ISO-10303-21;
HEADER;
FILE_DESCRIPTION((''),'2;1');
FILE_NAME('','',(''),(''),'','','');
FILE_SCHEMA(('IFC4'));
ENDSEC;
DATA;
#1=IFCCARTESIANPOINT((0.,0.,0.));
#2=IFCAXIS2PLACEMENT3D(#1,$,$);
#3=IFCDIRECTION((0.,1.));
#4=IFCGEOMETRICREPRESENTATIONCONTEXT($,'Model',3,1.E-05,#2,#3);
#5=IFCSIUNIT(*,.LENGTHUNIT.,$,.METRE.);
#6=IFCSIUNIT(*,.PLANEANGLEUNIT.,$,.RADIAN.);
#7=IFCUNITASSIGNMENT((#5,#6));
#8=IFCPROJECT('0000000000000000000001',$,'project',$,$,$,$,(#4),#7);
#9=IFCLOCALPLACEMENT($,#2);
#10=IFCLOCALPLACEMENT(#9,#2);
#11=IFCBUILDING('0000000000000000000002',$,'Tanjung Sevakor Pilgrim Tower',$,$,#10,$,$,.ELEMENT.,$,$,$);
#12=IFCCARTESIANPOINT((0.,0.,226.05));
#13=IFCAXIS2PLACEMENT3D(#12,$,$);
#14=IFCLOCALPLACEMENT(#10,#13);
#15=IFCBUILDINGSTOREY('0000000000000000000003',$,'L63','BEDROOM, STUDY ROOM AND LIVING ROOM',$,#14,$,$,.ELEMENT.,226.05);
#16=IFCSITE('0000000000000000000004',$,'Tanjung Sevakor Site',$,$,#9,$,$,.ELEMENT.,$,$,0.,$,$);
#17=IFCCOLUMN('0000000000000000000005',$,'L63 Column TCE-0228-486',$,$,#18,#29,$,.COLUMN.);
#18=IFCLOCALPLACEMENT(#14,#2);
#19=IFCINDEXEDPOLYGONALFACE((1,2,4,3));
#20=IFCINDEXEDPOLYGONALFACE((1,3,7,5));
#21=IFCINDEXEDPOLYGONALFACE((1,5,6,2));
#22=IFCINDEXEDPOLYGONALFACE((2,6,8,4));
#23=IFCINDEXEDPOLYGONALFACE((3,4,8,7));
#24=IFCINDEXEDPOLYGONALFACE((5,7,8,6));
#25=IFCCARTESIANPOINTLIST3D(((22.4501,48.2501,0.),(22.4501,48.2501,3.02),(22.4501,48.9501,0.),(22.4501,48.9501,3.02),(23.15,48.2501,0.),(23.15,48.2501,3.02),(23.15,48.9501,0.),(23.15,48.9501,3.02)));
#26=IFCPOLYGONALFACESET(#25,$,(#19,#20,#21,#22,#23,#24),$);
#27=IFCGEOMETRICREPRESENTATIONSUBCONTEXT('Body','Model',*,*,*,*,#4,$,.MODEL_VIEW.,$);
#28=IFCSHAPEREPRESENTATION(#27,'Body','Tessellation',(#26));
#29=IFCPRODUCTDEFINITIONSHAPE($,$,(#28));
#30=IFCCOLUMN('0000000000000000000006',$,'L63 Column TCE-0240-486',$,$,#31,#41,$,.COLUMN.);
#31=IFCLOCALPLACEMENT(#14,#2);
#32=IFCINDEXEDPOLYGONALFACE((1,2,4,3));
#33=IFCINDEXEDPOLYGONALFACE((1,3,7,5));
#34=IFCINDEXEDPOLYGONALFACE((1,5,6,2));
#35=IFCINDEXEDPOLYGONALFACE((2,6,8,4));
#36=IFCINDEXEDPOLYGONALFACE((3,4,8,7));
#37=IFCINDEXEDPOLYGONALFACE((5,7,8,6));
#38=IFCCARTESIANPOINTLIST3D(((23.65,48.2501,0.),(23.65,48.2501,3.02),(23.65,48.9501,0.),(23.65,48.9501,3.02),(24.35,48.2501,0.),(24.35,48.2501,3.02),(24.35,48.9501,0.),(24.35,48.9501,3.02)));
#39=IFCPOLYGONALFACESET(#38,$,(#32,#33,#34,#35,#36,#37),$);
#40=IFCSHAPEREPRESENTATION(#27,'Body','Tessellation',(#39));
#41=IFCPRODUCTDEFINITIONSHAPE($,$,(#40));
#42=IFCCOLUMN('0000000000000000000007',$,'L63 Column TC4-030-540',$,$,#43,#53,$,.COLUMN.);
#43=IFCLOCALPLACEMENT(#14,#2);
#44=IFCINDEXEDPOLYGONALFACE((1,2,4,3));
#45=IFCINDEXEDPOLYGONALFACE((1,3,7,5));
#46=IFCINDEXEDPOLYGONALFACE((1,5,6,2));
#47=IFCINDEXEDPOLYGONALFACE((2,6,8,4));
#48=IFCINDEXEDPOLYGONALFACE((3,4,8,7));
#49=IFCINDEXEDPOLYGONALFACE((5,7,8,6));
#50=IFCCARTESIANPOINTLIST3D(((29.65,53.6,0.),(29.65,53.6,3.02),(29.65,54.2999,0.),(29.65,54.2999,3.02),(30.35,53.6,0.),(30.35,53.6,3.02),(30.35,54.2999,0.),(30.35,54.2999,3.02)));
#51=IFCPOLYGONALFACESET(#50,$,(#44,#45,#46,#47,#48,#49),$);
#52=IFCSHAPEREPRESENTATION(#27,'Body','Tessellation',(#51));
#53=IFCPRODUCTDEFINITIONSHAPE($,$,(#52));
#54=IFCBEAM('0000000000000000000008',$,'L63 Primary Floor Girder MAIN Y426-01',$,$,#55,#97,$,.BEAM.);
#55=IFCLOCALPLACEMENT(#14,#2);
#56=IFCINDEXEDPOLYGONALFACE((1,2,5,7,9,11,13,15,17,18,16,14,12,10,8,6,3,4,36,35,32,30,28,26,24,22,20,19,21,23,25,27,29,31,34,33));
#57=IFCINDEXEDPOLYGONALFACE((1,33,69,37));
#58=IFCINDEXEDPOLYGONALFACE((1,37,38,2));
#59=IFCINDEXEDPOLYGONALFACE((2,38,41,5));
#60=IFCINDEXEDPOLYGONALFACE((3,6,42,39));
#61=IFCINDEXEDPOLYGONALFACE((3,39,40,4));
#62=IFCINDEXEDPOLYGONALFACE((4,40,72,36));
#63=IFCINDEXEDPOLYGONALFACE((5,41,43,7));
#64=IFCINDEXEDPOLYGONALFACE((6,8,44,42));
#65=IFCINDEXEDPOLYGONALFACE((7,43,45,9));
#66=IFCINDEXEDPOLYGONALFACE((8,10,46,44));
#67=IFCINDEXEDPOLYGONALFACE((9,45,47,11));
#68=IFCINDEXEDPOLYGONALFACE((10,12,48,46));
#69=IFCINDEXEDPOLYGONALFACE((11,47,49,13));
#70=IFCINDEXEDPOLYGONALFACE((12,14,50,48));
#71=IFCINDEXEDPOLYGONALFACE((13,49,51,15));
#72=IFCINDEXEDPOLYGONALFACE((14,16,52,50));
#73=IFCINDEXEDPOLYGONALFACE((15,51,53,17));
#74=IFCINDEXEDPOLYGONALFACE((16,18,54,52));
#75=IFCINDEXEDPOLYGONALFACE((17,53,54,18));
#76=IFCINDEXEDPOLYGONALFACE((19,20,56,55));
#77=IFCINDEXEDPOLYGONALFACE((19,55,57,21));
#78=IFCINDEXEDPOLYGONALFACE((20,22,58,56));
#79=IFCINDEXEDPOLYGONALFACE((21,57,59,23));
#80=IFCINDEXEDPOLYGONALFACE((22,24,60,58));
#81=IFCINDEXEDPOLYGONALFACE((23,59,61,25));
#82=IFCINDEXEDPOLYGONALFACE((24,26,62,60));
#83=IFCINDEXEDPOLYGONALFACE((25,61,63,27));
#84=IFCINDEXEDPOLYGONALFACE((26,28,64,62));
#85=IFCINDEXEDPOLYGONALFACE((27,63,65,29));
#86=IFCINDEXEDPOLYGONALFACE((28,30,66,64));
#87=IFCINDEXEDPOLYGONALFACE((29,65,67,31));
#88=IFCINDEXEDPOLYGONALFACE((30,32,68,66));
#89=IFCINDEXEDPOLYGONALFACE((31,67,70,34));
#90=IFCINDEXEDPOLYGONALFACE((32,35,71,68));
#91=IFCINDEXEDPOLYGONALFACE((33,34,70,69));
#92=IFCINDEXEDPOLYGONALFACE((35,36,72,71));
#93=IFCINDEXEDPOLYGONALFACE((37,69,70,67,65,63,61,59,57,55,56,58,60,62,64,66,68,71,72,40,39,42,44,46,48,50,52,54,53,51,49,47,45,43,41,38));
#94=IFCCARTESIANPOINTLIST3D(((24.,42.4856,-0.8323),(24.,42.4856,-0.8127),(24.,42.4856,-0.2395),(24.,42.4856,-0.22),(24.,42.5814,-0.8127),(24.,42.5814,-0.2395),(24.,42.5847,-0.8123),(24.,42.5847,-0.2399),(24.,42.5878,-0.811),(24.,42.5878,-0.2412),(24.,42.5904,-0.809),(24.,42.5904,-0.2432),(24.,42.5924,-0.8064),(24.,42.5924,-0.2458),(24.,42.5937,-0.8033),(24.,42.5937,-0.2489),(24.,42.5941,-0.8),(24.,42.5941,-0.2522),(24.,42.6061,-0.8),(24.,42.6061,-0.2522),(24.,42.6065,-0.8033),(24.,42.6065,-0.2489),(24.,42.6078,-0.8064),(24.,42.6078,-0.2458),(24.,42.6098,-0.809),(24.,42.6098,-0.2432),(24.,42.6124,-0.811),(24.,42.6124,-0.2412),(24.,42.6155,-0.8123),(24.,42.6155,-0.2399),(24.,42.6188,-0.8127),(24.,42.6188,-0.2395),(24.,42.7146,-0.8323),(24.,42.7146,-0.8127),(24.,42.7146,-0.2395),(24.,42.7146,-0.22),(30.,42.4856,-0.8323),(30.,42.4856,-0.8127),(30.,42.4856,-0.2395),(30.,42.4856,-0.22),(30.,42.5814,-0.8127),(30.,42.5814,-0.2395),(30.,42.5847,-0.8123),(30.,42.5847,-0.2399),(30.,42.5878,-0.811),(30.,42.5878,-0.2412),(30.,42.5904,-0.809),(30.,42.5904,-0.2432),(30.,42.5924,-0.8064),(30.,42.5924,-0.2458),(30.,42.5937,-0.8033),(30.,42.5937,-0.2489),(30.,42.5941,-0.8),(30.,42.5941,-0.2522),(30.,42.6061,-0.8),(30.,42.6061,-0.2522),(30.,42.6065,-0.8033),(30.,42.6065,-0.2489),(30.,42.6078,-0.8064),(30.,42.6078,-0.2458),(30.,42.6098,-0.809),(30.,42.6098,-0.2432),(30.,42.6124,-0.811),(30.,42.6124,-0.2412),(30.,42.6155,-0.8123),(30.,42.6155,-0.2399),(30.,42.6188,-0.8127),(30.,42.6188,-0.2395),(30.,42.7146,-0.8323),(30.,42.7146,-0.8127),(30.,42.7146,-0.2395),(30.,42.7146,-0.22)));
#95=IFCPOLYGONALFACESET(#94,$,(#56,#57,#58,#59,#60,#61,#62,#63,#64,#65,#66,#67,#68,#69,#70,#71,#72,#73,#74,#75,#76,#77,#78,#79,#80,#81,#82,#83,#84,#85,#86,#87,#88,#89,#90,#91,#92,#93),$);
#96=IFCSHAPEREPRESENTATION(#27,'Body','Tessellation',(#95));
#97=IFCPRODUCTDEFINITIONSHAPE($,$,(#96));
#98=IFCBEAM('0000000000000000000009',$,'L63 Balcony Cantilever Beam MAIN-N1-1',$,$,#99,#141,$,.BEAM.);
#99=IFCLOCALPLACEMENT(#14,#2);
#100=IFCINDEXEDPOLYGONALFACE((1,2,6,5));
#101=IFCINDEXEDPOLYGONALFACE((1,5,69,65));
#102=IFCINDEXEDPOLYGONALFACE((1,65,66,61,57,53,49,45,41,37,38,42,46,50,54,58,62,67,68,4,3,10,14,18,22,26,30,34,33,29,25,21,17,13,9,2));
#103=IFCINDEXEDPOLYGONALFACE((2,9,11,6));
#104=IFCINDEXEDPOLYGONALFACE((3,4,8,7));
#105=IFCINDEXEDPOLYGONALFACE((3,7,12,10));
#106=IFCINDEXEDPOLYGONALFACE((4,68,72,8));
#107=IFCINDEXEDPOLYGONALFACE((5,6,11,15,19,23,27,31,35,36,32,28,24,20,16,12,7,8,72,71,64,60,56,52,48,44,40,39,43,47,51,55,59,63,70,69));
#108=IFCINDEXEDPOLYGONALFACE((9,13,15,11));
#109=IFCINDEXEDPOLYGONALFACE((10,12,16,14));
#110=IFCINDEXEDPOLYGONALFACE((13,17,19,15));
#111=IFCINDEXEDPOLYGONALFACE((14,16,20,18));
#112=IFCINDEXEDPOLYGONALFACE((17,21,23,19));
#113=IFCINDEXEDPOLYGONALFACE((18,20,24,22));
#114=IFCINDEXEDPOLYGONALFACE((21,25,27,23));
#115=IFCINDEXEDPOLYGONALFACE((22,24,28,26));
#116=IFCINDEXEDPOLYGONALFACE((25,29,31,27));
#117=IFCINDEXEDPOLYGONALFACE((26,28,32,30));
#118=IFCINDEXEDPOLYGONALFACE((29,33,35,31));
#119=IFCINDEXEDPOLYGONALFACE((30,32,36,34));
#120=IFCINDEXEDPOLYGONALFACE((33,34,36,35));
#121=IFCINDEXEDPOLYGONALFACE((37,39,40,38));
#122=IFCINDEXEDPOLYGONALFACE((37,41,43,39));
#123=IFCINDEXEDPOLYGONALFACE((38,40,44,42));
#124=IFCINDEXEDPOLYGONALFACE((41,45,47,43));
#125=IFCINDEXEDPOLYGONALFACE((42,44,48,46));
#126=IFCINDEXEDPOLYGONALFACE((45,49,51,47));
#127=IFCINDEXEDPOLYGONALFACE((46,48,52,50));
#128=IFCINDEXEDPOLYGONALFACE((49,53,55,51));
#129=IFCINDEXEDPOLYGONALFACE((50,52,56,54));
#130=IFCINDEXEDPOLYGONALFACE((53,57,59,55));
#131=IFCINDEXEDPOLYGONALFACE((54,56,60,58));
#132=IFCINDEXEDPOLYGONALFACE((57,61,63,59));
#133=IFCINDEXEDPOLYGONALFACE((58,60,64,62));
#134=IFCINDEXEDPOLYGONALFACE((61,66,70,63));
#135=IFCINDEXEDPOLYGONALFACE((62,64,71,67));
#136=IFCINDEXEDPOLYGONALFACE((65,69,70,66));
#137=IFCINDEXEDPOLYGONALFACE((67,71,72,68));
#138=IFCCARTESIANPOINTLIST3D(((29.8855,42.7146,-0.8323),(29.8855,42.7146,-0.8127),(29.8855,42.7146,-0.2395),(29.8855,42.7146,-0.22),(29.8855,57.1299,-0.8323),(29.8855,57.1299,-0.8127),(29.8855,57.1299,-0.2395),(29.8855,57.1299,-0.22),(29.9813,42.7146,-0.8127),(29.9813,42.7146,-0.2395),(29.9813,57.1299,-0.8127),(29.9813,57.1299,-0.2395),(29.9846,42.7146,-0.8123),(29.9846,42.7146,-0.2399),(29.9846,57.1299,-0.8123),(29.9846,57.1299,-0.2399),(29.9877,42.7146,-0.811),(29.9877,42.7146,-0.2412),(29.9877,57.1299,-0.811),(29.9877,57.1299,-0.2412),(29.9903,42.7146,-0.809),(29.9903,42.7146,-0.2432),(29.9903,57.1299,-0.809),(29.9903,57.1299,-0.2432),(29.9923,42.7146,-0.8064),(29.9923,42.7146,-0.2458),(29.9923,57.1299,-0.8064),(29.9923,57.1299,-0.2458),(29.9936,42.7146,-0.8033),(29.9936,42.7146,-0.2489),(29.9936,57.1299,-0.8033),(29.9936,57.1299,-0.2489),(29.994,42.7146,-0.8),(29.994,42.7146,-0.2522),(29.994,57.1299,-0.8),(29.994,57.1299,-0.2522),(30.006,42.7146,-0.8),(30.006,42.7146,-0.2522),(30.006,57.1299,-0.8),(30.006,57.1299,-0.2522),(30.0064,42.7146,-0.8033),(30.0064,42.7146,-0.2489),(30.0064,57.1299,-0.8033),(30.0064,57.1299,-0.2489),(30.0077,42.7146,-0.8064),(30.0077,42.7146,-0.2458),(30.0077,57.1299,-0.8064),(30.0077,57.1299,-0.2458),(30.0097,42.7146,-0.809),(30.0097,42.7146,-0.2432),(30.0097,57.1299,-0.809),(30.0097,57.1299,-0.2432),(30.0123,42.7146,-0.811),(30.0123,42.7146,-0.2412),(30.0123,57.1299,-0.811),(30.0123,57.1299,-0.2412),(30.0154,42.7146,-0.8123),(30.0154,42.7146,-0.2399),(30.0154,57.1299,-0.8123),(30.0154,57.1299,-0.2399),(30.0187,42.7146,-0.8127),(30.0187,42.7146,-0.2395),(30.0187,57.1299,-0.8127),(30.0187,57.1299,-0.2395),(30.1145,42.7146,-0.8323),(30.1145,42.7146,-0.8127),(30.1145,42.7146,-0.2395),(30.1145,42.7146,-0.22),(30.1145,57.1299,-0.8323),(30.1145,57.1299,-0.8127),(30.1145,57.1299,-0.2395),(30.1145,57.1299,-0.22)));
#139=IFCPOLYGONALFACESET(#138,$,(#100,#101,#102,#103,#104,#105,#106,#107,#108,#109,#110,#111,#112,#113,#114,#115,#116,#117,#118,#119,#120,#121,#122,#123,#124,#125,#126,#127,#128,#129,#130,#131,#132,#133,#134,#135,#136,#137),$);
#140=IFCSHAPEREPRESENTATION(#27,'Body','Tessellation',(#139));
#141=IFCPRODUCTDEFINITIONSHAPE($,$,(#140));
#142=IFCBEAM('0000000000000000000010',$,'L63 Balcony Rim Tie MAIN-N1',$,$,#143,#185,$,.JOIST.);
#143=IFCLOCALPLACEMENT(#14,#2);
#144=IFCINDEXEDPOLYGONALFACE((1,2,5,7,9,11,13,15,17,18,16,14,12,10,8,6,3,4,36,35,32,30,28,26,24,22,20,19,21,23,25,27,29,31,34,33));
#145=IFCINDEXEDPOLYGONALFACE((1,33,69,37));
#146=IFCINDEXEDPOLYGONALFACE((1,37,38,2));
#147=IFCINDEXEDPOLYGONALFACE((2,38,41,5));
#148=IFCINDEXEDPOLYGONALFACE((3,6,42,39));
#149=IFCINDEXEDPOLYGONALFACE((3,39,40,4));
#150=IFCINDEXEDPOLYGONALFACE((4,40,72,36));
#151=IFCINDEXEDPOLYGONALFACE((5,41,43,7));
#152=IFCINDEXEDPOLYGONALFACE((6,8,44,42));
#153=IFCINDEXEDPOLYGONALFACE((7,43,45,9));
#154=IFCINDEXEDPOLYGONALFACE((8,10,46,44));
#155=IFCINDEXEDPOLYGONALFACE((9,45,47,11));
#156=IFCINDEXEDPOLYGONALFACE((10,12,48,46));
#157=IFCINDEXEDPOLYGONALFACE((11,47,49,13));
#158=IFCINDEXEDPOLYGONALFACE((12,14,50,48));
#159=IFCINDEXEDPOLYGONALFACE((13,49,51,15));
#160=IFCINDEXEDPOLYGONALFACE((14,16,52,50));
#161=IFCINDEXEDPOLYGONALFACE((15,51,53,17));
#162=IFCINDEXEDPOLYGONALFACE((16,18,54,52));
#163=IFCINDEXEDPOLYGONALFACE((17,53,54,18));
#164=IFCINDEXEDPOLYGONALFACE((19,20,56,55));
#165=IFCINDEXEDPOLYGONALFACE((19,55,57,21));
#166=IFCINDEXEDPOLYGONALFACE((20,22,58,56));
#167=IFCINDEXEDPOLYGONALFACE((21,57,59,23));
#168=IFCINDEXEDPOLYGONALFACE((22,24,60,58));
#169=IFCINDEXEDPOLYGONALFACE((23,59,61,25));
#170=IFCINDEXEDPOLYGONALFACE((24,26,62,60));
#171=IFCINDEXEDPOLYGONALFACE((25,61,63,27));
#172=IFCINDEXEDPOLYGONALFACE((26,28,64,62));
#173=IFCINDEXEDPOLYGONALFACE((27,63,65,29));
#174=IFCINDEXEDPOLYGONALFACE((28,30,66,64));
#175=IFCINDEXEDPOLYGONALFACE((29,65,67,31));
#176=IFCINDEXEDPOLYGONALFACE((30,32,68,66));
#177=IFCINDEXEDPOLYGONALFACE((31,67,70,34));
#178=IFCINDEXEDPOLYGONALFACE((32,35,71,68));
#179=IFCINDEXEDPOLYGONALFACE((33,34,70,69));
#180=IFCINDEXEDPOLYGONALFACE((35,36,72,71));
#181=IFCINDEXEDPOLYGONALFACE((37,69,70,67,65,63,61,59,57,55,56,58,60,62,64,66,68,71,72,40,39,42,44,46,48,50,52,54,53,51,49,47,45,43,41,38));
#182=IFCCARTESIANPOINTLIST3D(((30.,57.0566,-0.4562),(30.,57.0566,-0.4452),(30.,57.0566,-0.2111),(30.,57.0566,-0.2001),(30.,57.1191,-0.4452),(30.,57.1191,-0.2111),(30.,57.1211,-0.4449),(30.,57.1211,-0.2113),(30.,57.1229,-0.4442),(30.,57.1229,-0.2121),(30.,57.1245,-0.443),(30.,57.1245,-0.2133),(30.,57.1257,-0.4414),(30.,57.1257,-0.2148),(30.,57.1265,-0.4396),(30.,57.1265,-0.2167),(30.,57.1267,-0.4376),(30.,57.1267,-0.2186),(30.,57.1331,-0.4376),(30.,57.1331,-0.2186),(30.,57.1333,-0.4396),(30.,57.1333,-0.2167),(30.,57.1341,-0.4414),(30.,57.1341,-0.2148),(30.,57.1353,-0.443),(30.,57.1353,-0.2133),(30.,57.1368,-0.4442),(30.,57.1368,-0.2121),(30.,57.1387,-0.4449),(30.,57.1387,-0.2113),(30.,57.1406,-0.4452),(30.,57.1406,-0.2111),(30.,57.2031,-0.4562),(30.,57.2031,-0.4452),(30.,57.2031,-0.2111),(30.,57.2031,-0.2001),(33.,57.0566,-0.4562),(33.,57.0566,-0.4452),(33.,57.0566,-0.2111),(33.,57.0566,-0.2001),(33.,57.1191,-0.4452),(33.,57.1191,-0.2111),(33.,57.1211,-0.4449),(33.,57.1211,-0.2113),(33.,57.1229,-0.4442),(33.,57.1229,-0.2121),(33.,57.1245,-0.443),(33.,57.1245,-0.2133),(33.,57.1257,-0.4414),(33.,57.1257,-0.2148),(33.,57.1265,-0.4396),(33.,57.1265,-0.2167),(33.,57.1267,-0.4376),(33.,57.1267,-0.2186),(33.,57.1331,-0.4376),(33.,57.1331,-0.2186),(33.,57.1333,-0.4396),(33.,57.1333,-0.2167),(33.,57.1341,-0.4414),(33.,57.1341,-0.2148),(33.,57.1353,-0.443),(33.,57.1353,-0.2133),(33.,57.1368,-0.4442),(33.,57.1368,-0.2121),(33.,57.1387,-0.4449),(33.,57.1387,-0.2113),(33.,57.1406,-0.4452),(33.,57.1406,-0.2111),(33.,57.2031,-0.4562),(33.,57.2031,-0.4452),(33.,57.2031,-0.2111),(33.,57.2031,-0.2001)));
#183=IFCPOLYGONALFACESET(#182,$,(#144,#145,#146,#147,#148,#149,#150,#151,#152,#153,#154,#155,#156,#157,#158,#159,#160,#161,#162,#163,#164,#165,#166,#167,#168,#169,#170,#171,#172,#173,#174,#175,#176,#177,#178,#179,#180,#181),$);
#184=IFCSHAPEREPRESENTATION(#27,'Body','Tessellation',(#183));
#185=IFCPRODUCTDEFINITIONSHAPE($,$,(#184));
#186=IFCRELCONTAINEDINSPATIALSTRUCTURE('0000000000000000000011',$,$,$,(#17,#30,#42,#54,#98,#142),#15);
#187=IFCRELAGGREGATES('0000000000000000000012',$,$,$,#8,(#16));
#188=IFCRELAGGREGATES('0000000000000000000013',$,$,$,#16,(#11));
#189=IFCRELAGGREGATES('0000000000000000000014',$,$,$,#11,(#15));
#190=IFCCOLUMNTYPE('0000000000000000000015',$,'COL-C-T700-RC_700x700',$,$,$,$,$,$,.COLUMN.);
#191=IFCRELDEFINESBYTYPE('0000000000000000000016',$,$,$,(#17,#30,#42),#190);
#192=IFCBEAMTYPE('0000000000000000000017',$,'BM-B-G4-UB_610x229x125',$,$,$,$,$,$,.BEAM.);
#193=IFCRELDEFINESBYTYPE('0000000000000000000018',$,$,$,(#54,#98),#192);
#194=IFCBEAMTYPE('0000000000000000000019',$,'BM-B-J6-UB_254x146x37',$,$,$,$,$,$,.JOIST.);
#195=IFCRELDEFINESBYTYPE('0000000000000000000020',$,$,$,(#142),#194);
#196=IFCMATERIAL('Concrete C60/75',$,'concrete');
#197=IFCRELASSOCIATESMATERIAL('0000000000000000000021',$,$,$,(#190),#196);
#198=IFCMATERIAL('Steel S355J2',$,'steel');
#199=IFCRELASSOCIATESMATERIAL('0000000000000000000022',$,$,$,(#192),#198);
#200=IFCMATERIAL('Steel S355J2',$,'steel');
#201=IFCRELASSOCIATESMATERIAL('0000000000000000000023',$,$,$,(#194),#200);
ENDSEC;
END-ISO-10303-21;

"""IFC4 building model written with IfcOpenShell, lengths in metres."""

from ifc_helpers import new_model, si_unit, direction, frame, origin, origin_2d, place, context, subcontext, project, spatial, rectangle, i_section, extrude, material, material_profile, profile_set, type_object, element, save


model = new_model("IFC4")

# Units and contexts
model_context = context("Model", 3, precision=1e-05, world=origin(), true_north=direction((0.0, 1.0)))
body_context = subcontext(model_context, "Body", "Model", "MODEL_VIEW")
ifc_project = project(units=[si_unit("LENGTHUNIT", "METRE"), si_unit("PLANEANGLEUNIT", "RADIAN")], contexts=[model_context])

# Site, building, storey
site_placement = place(None, origin())
site = spatial("IfcSite", under=ifc_project, at=site_placement, Name="Tanjung Sevakor Site", CompositionType="ELEMENT", RefElevation=0.0)
building_placement = place(site_placement, origin())
building = spatial("IfcBuilding", under=site, at=building_placement, Name="Tanjung Sevakor Pilgrim Tower", CompositionType="ELEMENT")
storey_placement = place(building_placement, frame((0.0, 0.0, 226.05)))
storey = spatial("IfcBuildingStorey", under=building, at=storey_placement, Name="L63", Description="BEDROOM, STUDY ROOM AND LIVING ROOM", CompositionType="ELEMENT", Elevation=226.05)

# Columns
ifc_material_1 = material(Name="Concrete C60/75", Category="concrete")
ifc_material_profile_1 = material_profile(ifc_material_1, rectangle(XDim=0.7, YDim=0.7, at=origin_2d()))
ifc_profile_set_1 = profile_set([ifc_material_profile_1], Name="Concrete C60/75")
column_type = type_object("IfcColumnType", Name="COL-C-T700-RC_700x700", PredefinedType="COLUMN", material=ifc_profile_set_1)
for number, where, z_axis, x_axis, name in (
    (1, (22.8, 48.6001, 0.0), (0.0, 0.0, 1.0), (1.0, 0.0, 0.0), "L63 Column TCE-0228-486"),
    (2, (24.0, 48.6001, 0.0), (0.0, 0.0, 1.0), (1.0, 0.0, 0.0), "L63 Column TCE-0240-486"),
    (3, (30.0, 53.95, 0.0), (0.0, 0.0, 1.0), (1.0, 0.0, 0.0), "L63 Column TC4-030-540"),
):
    element("IfcColumn", number, at=place(storey_placement, frame(where, z_axis=z_axis, x_axis=x_axis)), inside=storey, type_object=column_type, Name=name, PredefinedType="COLUMN", context=body_context, shape_type="SweptSolid", body=[
        extrude(rectangle(XDim=0.7, YDim=0.7, at=origin_2d()), origin(), (0.0, 0.0, 1.0), 3.02),
    ])

# Beams
ifc_material_2 = material(Name="Steel S355J2", Category="steel")
ifc_material_profile_2 = material_profile(ifc_material_2, i_section(OverallWidth=0.229, OverallDepth=0.6123, WebThickness=0.012, FlangeThickness=0.0195, FilletRadius=0.0127, at=origin_2d()))
ifc_profile_set_2 = profile_set([ifc_material_profile_2], Name="Steel S355J2")
beam_type_1 = type_object("IfcBeamType", Name="BM-B-G4-UB_610x229x125", PredefinedType="BEAM", material=ifc_profile_set_2)
beam_1_placement = place(storey_placement, frame((24.0, 42.6001, -0.5261), z_axis=(1.0, 0.0, 0.0), x_axis=(0.0, 1.0, 0.0)))
element("IfcBeam", 4, at=beam_1_placement, inside=storey, type_object=beam_type_1, Name="L63 Primary Floor Girder MAIN Y426-01", PredefinedType="BEAM", context=body_context, shape_type="SweptSolid", body=[
    extrude(i_section(OverallWidth=0.229, OverallDepth=0.6123, WebThickness=0.012, FlangeThickness=0.0195, FilletRadius=0.0127, at=origin_2d()), origin(), (0.0, 0.0, 1.0), 6.0),
])
beam_2_placement = place(storey_placement, frame((30.0, 42.7146, -0.5261), z_axis=(0.0, 1.0, 0.0), x_axis=(-1.0, 0.0, 0.0)))
element("IfcBeam", 5, at=beam_2_placement, inside=storey, type_object=beam_type_1, Name="L63 Balcony Cantilever Beam MAIN-N1-1", PredefinedType="BEAM", context=body_context, shape_type="SweptSolid", body=[
    extrude(i_section(OverallWidth=0.229, OverallDepth=0.6123, WebThickness=0.012, FlangeThickness=0.0195, FilletRadius=0.0127, at=origin_2d()), origin(), (0.0, 0.0, 1.0), 14.4153),
])
ifc_material_3 = material(Name="Steel S355J2", Category="steel")
ifc_material_profile_3 = material_profile(ifc_material_3, i_section(OverallWidth=0.1465, OverallDepth=0.2561, WebThickness=0.0063, FlangeThickness=0.011, FilletRadius=0.0076, at=origin_2d()))
ifc_profile_set_3 = profile_set([ifc_material_profile_3], Name="Steel S355J2")
beam_type_2 = type_object("IfcBeamType", Name="BM-B-J6-UB_254x146x37", PredefinedType="JOIST", material=ifc_profile_set_3)
beam_3_placement = place(storey_placement, frame((30.0, 57.1299, -0.3281), z_axis=(1.0, 0.0, 0.0), x_axis=(0.0, 1.0, 0.0)))
element("IfcBeam", 6, at=beam_3_placement, inside=storey, type_object=beam_type_2, Name="L63 Balcony Rim Tie MAIN-N1", PredefinedType="JOIST", context=body_context, shape_type="SweptSolid", body=[
    extrude(i_section(OverallWidth=0.1465, OverallDepth=0.2561, WebThickness=0.0063, FlangeThickness=0.011, FilletRadius=0.0076, at=origin_2d()), origin(), (0.0, 0.0, 1.0), 3.0),
])

save(model, "model.ifc")
